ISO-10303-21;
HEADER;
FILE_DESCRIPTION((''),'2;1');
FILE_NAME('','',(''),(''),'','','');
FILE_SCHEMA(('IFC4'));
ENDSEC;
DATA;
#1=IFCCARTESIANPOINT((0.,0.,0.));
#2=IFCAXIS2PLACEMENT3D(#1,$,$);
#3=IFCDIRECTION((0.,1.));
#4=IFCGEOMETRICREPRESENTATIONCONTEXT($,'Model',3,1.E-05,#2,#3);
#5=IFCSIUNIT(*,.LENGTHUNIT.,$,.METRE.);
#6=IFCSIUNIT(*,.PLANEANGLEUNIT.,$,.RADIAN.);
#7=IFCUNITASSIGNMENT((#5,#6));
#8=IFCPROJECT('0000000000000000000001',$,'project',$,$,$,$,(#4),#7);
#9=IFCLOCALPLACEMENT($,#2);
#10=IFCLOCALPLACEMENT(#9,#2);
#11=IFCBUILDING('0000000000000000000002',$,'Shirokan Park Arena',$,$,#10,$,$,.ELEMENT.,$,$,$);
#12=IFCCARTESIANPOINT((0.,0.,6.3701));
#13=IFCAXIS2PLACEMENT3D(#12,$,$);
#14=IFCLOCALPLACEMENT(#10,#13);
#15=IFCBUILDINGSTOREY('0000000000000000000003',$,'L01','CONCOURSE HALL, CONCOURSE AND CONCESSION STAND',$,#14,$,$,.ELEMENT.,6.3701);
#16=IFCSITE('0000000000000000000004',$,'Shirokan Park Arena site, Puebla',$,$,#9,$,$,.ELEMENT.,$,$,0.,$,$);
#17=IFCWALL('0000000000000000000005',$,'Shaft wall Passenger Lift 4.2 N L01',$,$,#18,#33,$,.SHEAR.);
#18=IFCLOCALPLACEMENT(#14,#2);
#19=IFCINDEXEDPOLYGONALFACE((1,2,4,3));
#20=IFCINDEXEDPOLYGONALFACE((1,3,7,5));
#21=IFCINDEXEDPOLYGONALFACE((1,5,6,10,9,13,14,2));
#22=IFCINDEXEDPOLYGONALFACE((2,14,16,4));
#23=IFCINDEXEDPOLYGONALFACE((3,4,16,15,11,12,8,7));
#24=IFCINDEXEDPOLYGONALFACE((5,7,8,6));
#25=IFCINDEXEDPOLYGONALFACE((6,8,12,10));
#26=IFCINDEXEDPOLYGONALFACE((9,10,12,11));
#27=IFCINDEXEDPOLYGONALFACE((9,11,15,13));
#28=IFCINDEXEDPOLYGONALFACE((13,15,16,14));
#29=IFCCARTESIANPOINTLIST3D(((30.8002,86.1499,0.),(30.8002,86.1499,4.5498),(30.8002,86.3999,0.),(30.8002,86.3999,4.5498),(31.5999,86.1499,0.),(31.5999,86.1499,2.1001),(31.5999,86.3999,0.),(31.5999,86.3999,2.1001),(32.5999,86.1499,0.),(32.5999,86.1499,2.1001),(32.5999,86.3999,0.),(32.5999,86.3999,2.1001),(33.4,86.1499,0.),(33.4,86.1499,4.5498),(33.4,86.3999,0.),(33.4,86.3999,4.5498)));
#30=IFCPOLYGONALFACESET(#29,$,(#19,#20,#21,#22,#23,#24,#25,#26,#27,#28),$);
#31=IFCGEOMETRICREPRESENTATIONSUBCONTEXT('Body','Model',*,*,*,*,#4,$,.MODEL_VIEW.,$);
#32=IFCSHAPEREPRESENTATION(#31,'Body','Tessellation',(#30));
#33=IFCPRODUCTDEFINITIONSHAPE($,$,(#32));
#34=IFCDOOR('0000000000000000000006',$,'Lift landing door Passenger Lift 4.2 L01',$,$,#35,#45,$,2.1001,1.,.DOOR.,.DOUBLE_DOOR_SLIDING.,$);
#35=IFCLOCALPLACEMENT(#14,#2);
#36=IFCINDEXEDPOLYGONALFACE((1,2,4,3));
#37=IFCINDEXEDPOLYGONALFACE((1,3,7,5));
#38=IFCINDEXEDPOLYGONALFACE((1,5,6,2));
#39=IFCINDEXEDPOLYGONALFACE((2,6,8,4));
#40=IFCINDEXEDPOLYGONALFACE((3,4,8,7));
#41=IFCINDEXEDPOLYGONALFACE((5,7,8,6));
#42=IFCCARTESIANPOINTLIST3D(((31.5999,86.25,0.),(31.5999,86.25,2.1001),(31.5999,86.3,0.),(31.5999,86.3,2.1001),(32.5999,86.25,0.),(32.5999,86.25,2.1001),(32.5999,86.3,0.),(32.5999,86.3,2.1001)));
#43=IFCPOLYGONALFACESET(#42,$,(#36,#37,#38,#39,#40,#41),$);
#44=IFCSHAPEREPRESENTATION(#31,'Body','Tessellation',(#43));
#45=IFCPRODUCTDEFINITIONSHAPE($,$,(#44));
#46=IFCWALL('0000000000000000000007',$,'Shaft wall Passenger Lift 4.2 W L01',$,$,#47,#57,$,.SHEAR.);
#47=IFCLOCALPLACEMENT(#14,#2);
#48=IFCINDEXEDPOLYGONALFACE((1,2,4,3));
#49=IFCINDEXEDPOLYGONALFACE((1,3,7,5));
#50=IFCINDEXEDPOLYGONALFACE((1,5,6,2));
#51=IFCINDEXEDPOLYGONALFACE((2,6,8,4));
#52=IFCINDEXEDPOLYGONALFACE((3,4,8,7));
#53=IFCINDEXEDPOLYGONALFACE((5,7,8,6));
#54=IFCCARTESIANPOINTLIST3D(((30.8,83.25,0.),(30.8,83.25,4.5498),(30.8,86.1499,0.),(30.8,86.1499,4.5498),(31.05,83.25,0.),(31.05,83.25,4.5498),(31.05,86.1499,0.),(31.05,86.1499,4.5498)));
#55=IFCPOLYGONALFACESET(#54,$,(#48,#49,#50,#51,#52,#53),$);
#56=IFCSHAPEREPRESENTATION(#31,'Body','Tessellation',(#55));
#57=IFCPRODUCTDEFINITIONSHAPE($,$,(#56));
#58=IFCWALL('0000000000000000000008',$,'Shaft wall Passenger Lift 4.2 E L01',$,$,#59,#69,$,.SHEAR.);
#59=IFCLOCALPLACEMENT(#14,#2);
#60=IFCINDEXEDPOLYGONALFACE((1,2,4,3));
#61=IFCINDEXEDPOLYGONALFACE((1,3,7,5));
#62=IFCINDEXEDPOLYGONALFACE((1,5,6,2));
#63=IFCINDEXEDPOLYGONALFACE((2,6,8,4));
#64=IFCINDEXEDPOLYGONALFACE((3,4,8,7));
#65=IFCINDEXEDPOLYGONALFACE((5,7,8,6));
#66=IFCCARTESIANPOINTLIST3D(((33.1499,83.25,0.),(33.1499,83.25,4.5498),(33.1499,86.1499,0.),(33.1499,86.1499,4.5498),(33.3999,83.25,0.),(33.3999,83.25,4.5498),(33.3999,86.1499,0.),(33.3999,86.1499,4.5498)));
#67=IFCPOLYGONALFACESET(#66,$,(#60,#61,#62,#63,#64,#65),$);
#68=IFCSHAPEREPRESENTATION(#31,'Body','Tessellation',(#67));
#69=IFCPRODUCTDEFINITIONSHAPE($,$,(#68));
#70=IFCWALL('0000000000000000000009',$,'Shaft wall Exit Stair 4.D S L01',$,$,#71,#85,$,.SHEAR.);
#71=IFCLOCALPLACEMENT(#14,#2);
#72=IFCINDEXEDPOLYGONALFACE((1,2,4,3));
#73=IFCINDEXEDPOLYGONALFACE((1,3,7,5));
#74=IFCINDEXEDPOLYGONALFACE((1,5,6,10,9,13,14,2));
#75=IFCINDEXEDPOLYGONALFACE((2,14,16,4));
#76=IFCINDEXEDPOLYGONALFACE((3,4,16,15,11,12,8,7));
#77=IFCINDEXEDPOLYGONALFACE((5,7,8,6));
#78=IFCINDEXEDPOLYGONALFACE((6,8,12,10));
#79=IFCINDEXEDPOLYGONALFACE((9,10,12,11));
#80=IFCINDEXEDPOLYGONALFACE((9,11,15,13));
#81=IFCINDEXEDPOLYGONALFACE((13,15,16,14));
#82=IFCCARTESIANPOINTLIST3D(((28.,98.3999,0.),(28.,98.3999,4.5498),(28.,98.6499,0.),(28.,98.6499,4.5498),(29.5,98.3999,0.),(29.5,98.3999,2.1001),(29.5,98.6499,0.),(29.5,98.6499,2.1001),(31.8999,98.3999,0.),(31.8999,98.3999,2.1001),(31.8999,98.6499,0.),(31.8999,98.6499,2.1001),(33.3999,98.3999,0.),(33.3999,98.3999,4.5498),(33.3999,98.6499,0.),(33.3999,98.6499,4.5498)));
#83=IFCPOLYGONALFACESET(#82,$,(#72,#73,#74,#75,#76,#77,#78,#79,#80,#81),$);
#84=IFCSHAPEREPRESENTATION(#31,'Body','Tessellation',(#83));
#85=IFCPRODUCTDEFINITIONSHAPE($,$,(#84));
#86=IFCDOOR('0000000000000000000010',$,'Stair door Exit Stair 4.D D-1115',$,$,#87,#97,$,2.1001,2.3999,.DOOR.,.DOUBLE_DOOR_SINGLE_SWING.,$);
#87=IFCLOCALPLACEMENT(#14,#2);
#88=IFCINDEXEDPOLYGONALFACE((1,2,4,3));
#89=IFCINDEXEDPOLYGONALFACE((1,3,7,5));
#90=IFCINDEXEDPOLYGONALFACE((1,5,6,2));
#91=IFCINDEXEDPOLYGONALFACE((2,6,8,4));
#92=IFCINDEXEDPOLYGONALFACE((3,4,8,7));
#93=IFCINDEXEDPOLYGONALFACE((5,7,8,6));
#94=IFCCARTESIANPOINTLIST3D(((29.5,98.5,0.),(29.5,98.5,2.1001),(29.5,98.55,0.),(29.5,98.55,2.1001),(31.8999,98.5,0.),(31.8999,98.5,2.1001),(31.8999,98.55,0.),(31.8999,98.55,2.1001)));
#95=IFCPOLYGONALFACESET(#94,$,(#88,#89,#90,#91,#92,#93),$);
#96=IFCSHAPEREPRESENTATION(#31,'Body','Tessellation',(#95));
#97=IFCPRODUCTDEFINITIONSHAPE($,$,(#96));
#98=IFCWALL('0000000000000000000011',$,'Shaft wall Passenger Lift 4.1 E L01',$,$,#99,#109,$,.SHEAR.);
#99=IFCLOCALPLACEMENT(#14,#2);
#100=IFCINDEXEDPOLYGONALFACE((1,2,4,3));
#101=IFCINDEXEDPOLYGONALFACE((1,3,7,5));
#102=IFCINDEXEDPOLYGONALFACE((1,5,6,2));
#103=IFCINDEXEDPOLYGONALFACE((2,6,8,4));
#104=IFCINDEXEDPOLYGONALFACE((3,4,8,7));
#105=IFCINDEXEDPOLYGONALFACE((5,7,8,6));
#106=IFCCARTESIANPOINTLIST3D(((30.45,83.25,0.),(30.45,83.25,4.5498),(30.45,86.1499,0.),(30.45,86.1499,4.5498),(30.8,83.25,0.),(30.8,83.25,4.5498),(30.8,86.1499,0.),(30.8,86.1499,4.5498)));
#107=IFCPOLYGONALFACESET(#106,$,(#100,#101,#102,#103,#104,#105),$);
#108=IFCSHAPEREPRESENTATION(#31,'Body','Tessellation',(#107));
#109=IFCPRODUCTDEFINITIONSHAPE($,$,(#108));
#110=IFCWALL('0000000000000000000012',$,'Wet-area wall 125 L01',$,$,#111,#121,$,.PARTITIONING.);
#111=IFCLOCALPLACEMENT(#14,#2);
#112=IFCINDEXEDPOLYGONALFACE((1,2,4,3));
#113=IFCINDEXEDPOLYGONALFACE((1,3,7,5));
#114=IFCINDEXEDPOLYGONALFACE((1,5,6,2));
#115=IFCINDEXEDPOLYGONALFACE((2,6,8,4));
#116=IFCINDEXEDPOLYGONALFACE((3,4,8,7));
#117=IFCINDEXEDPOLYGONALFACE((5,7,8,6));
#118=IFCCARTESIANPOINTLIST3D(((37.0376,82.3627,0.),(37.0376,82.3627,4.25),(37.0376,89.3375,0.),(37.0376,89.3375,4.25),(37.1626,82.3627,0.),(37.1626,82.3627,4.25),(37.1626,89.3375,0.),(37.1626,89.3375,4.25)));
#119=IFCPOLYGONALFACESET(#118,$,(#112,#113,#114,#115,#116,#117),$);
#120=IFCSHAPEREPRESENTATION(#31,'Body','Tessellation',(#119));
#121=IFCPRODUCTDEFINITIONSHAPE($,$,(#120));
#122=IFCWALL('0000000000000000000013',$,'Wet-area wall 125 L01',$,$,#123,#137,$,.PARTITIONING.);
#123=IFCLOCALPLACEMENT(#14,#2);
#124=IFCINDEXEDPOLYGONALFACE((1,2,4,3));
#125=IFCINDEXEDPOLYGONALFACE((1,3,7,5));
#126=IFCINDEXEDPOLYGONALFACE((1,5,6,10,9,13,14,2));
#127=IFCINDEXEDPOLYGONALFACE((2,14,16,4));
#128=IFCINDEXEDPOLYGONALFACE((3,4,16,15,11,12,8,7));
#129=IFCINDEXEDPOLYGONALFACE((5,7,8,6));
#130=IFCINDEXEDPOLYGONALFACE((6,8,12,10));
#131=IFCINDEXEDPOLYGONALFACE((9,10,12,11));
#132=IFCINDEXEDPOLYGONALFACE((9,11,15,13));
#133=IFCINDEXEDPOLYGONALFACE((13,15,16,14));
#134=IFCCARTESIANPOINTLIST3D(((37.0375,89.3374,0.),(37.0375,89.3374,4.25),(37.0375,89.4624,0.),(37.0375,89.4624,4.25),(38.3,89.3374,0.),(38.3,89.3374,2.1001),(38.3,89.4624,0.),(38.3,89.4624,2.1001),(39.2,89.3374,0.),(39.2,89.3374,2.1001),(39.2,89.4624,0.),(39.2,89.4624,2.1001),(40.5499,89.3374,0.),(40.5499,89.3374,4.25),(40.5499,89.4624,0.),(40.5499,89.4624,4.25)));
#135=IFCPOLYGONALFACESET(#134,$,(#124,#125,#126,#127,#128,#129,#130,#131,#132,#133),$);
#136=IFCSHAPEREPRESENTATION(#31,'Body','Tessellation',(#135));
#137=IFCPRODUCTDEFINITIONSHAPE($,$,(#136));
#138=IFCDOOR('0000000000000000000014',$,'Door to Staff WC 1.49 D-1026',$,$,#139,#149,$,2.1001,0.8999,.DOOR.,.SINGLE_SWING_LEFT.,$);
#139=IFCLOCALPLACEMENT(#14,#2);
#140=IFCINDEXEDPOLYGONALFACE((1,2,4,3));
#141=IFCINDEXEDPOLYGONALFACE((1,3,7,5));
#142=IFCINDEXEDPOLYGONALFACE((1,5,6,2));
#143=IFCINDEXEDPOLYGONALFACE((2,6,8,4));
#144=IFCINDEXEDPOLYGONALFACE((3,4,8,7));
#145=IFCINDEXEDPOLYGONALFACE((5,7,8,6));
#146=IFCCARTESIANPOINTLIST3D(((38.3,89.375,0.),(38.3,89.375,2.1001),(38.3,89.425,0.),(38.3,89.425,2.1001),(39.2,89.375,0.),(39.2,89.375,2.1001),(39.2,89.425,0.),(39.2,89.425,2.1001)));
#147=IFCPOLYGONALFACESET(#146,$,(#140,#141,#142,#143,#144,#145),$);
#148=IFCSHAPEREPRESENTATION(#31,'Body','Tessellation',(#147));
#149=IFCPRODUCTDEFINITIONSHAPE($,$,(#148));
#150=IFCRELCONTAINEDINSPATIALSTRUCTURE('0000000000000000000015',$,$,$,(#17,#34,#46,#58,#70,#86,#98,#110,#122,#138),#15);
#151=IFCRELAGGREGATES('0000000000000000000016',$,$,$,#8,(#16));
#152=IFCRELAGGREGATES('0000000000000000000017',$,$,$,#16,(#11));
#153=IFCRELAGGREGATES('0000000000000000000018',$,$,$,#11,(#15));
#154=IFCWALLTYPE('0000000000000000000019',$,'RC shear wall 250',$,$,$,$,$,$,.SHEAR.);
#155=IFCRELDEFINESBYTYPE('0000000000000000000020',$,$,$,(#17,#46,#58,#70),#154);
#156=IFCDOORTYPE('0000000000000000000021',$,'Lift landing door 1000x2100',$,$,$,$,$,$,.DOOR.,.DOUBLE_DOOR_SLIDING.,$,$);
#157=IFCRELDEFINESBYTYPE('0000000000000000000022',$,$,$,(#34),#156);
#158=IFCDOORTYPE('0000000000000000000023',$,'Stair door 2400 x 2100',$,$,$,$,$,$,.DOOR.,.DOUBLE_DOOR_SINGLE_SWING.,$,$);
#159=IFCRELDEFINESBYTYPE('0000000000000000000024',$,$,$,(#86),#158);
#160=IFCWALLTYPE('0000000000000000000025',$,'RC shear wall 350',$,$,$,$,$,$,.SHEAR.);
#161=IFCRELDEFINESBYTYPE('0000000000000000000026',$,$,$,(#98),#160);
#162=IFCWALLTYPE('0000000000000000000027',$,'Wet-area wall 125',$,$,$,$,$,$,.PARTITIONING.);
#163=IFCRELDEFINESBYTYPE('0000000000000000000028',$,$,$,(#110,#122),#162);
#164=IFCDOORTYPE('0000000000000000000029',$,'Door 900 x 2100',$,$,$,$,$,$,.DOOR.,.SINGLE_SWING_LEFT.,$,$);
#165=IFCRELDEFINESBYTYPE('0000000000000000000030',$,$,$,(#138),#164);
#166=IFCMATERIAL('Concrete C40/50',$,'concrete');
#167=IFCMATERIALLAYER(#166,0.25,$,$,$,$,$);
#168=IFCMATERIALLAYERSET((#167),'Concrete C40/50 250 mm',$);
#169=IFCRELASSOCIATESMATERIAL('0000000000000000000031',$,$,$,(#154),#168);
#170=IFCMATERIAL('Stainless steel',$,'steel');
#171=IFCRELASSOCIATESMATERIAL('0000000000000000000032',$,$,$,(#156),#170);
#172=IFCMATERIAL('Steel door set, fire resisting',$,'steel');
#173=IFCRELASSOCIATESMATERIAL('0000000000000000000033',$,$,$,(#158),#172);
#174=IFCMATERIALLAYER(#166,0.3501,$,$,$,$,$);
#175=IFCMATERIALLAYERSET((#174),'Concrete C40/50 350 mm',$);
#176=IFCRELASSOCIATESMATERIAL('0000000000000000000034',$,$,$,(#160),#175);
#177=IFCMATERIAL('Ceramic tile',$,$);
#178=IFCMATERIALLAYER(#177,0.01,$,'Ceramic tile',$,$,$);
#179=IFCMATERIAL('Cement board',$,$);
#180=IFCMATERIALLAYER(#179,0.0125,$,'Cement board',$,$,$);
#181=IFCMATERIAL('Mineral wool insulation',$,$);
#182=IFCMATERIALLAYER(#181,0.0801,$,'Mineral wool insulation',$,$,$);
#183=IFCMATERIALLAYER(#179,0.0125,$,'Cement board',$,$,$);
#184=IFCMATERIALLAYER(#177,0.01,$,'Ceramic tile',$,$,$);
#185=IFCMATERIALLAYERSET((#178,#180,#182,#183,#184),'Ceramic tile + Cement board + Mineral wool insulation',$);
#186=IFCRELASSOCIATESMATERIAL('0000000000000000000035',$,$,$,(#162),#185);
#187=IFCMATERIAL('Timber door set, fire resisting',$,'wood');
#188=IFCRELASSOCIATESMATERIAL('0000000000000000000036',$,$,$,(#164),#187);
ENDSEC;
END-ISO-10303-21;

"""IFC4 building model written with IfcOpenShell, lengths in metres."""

from ifc_helpers import new_model, si_unit, direction, frame, frame_2d, origin, place, context, subcontext, project, spatial, rectangle, extrude, material, layer, layer_set, type_object, element, fill, save


model = new_model("IFC4")

# Units and contexts
model_context = context("Model", 3, precision=1e-05, world=origin(), true_north=direction((0.0, 1.0)))
body_context = subcontext(model_context, "Body", "Model", "MODEL_VIEW")
ifc_project = project(units=[si_unit("LENGTHUNIT", "METRE"), si_unit("PLANEANGLEUNIT", "RADIAN")], contexts=[model_context])

# Site, building, storey
site_placement = place(None, origin())
site = spatial("IfcSite", under=ifc_project, at=site_placement, Name="Shirokan Park Arena site, Puebla", CompositionType="ELEMENT", RefElevation=0.0)
building_placement = place(site_placement, origin())
building = spatial("IfcBuilding", under=site, at=building_placement, Name="Shirokan Park Arena", CompositionType="ELEMENT")
storey_placement = place(building_placement, frame((0.0, 0.0, 6.3701)))
storey = spatial("IfcBuildingStorey", under=building, at=storey_placement, Name="L01", Description="CONCOURSE HALL, CONCOURSE AND CONCESSION STAND", CompositionType="ELEMENT", Elevation=6.3701)

# Shared definitions
ifc_material_1 = material(Name="Mineral wool insulation")

# Shared definitions
ifc_material_2 = material(Name="Concrete C40/50", Category="concrete")
ifc_layer_1 = layer(ifc_material_2, 0.25)
ifc_layer_set_1 = layer_set([ifc_layer_1], Name="Concrete C40/50 250 mm")
wall_type_1 = type_object("IfcWallType", Name="RC shear wall 250", PredefinedType="SHEAR", material=ifc_layer_set_1)
ifc_material_3 = material(Name="Stainless steel", Category="steel")
door_type_1 = type_object("IfcDoorType", Name="Lift landing door 1000x2100", OperationType="DOUBLE_DOOR_SLIDING", PredefinedType="DOOR", material=ifc_material_3)

# Wall, opening, door
wall_1_placement = place(storey_placement, frame((33.3999, 86.2749, 0.0), z_axis=(0.0, 0.0, 1.0), x_axis=(-1.0, 0.0, 0.0)))
wall_1 = element("IfcWall", 1, at=wall_1_placement, inside=storey, type_object=wall_type_1, Name="Shaft wall Passenger Lift 4.2 N L01", PredefinedType="SHEAR", context=body_context, shape_type="SweptSolid", body=[
    extrude(rectangle(XDim=2.5999, YDim=0.25, at=frame_2d((1.2998, 0.0))), origin(), (0.0, 0.0, 1.0), 4.5498),
])
opening_1_placement = place(wall_1_placement, frame((0.8, 0.0, 0.0)))
opening_1 = element("IfcOpeningElement", 2, at=opening_1_placement, cuts=wall_1, PredefinedType="OPENING", context=body_context, shape_type="SweptSolid", body=[
    extrude(rectangle(XDim=1.0, YDim=2.1001, at=frame_2d((0.5, 1.05))), frame((0.0, 0.135, 0.0), z_axis=(0.0, -1.0, 0.0), x_axis=(1.0, 0.0, 0.0)), (0.0, 0.0, 1.0), 0.27),
])
door_1_placement = place(opening_1_placement, origin())
door_1 = element("IfcDoor", 3, at=door_1_placement, inside=storey, type_object=door_type_1, Name="Lift landing door Passenger Lift 4.2 L01", OperationType="DOUBLE_DOOR_SLIDING", OverallHeight=2.1001, OverallWidth=1.0, PredefinedType="DOOR", context=body_context, shape_type="SweptSolid", body=[
    extrude(rectangle(XDim=1.0, YDim=2.1001, at=frame_2d((0.5, 1.05))), frame((0.0, 0.0249, 0.0), z_axis=(0.0, -1.0, 0.0), x_axis=(1.0, 0.0, 0.0)), (0.0, 0.0, 1.0), 0.05),
])
fill(opening_1, door_1)

# Walls
for number, where, z_axis, x_axis, name in (
    (4, (30.925, 86.1499, 0.0), (0.0, 0.0, 1.0), (0.0, -1.0, 0.0), "Shaft wall Passenger Lift 4.2 W L01"),
    (5, (33.2749, 86.1499, 0.0), (0.0, 0.0, 1.0), (0.0, -1.0, 0.0), "Shaft wall Passenger Lift 4.2 E L01"),
):
    element("IfcWall", number, at=place(storey_placement, frame(where, z_axis=z_axis, x_axis=x_axis)), inside=storey, type_object=wall_type_1, Name=name, PredefinedType="SHEAR", context=body_context, shape_type="SweptSolid", body=[
        extrude(rectangle(XDim=2.8999, YDim=0.25, at=frame_2d((1.45, 0.0))), origin(), (0.0, 0.0, 1.0), 4.5498),
    ])

# Wall, opening, door
wall_2_placement = place(storey_placement, frame((33.3999, 98.5249, 0.0), z_axis=(0.0, 0.0, 1.0), x_axis=(-1.0, 0.0, 0.0)))
wall_2 = element("IfcWall", 6, at=wall_2_placement, inside=storey, type_object=wall_type_1, Name="Shaft wall Exit Stair 4.D S L01", PredefinedType="SHEAR", context=body_context, shape_type="SweptSolid", body=[
    extrude(rectangle(XDim=5.3999, YDim=0.25, at=frame_2d((2.7, 0.0))), origin(), (0.0, 0.0, 1.0), 4.5498),
])
opening_2_placement = place(wall_2_placement, frame((1.5, 0.0, 0.0)))
opening_2 = element("IfcOpeningElement", 7, at=opening_2_placement, cuts=wall_2, PredefinedType="OPENING", context=body_context, shape_type="SweptSolid", body=[
    extrude(rectangle(XDim=2.3999, YDim=2.1001, at=frame_2d((1.2, 1.05))), frame((0.0, 0.135, 0.0), z_axis=(0.0, -1.0, 0.0), x_axis=(1.0, 0.0, 0.0)), (0.0, 0.0, 1.0), 0.27),
])
ifc_material_4 = material(Name="Steel door set, fire resisting", Category="steel")
door_type_2 = type_object("IfcDoorType", Name="Stair door 2400 x 2100", OperationType="DOUBLE_DOOR_SINGLE_SWING", PredefinedType="DOOR", material=ifc_material_4)
door_2_placement = place(opening_2_placement, origin())
door_2 = element("IfcDoor", 8, at=door_2_placement, inside=storey, type_object=door_type_2, Name="Stair door Exit Stair 4.D D-1115", OperationType="DOUBLE_DOOR_SINGLE_SWING", OverallHeight=2.1001, OverallWidth=2.3999, PredefinedType="DOOR", context=body_context, shape_type="SweptSolid", body=[
    extrude(rectangle(XDim=2.3999, YDim=2.1001, at=frame_2d((1.2, 1.05))), frame((0.0, 0.0249, 0.0), z_axis=(0.0, -1.0, 0.0), x_axis=(1.0, 0.0, 0.0)), (0.0, 0.0, 1.0), 0.05),
])
fill(opening_2, door_2)

# Walls
ifc_layer_2 = layer(ifc_material_2, 0.3501)
ifc_layer_set_2 = layer_set([ifc_layer_2], Name="Concrete C40/50 350 mm")
wall_type_2 = type_object("IfcWallType", Name="RC shear wall 350", PredefinedType="SHEAR", material=ifc_layer_set_2)
wall_3_placement = place(storey_placement, frame((30.625, 86.1499, 0.0), z_axis=(0.0, 0.0, 1.0), x_axis=(0.0, -1.0, 0.0)))
element("IfcWall", 9, at=wall_3_placement, inside=storey, type_object=wall_type_2, Name="Shaft wall Passenger Lift 4.1 E L01", PredefinedType="SHEAR", context=body_context, shape_type="SweptSolid", body=[
    extrude(rectangle(XDim=2.8999, YDim=0.3501, at=frame_2d((1.45, 0.0))), origin(), (0.0, 0.0, 1.0), 4.5498),
])
ifc_material_5 = material(Name="Ceramic tile")
ifc_layer_3 = layer(ifc_material_5, 0.01, Name="Ceramic tile")
ifc_material_6 = material(Name="Cement board")
ifc_layer_4 = layer(ifc_material_6, 0.0125, Name="Cement board")
ifc_layer_5 = layer(ifc_material_1, 0.0801, Name="Mineral wool insulation")
ifc_layer_6 = layer(ifc_material_6, 0.0125, Name="Cement board")
ifc_layer_7 = layer(ifc_material_5, 0.01, Name="Ceramic tile")
ifc_layer_set_3 = layer_set([ifc_layer_3, ifc_layer_4, ifc_layer_5, ifc_layer_6, ifc_layer_7], Name="Ceramic tile + Cement board + Mineral wool insulation")
wall_type_3 = type_object("IfcWallType", Name="Wet-area wall 125", PredefinedType="PARTITIONING", material=ifc_layer_set_3)
wall_4_placement = place(storey_placement, frame((37.1001, 89.3374, 0.0), z_axis=(0.0, 0.0, 1.0), x_axis=(0.0, -1.0, 0.0)))
element("IfcWall", 10, at=wall_4_placement, inside=storey, type_object=wall_type_3, Name="Wet-area wall 125 L01", PredefinedType="PARTITIONING", context=body_context, shape_type="SweptSolid", body=[
    extrude(rectangle(XDim=6.9749, YDim=0.125, at=frame_2d((3.4873, 0.0))), origin(), (0.0, 0.0, 1.0), 4.25),
])

# Wall, opening, door
wall_5_placement = place(storey_placement, frame((40.55, 89.3999, 0.0), z_axis=(0.0, 0.0, 1.0), x_axis=(-1.0, 0.0, 0.0)))
wall_5 = element("IfcWall", 11, at=wall_5_placement, inside=storey, type_object=wall_type_3, Name="Wet-area wall 125 L01", PredefinedType="PARTITIONING", context=body_context, shape_type="SweptSolid", body=[
    extrude(rectangle(XDim=3.5125, YDim=0.125, at=frame_2d((1.7563, 0.0))), origin(), (0.0, 0.0, 1.0), 4.25),
])
opening_3_placement = place(wall_5_placement, frame((1.3501, 0.0, 0.0)))
opening_3 = element("IfcOpeningElement", 12, at=opening_3_placement, cuts=wall_5, PredefinedType="OPENING", context=body_context, shape_type="SweptSolid", body=[
    extrude(rectangle(XDim=0.8999, YDim=2.1001, at=frame_2d((0.45, 1.05))), frame((0.0, 0.0725, 0.0), z_axis=(0.0, -1.0, 0.0), x_axis=(1.0, 0.0, 0.0)), (0.0, 0.0, 1.0), 0.145),
])
ifc_material_7 = material(Name="Timber door set, fire resisting", Category="wood")
door_type_3 = type_object("IfcDoorType", Name="Door 900 x 2100", OperationType="SINGLE_SWING_LEFT", PredefinedType="DOOR", material=ifc_material_7)
door_3_placement = place(opening_3_placement, origin())
door_3 = element("IfcDoor", 13, at=door_3_placement, inside=storey, type_object=door_type_3, Name="Door to Staff WC 1.49 D-1026", OperationType="SINGLE_SWING_LEFT", OverallHeight=2.1001, OverallWidth=0.8999, PredefinedType="DOOR", context=body_context, shape_type="SweptSolid", body=[
    extrude(rectangle(XDim=0.8999, YDim=2.1001, at=frame_2d((0.45, 1.05))), frame((0.0, 0.0249, 0.0), z_axis=(0.0, -1.0, 0.0), x_axis=(1.0, 0.0, 0.0)), (0.0, 0.0, 1.0), 0.05),
])
fill(opening_3, door_3)

save(model, "model.ifc")
